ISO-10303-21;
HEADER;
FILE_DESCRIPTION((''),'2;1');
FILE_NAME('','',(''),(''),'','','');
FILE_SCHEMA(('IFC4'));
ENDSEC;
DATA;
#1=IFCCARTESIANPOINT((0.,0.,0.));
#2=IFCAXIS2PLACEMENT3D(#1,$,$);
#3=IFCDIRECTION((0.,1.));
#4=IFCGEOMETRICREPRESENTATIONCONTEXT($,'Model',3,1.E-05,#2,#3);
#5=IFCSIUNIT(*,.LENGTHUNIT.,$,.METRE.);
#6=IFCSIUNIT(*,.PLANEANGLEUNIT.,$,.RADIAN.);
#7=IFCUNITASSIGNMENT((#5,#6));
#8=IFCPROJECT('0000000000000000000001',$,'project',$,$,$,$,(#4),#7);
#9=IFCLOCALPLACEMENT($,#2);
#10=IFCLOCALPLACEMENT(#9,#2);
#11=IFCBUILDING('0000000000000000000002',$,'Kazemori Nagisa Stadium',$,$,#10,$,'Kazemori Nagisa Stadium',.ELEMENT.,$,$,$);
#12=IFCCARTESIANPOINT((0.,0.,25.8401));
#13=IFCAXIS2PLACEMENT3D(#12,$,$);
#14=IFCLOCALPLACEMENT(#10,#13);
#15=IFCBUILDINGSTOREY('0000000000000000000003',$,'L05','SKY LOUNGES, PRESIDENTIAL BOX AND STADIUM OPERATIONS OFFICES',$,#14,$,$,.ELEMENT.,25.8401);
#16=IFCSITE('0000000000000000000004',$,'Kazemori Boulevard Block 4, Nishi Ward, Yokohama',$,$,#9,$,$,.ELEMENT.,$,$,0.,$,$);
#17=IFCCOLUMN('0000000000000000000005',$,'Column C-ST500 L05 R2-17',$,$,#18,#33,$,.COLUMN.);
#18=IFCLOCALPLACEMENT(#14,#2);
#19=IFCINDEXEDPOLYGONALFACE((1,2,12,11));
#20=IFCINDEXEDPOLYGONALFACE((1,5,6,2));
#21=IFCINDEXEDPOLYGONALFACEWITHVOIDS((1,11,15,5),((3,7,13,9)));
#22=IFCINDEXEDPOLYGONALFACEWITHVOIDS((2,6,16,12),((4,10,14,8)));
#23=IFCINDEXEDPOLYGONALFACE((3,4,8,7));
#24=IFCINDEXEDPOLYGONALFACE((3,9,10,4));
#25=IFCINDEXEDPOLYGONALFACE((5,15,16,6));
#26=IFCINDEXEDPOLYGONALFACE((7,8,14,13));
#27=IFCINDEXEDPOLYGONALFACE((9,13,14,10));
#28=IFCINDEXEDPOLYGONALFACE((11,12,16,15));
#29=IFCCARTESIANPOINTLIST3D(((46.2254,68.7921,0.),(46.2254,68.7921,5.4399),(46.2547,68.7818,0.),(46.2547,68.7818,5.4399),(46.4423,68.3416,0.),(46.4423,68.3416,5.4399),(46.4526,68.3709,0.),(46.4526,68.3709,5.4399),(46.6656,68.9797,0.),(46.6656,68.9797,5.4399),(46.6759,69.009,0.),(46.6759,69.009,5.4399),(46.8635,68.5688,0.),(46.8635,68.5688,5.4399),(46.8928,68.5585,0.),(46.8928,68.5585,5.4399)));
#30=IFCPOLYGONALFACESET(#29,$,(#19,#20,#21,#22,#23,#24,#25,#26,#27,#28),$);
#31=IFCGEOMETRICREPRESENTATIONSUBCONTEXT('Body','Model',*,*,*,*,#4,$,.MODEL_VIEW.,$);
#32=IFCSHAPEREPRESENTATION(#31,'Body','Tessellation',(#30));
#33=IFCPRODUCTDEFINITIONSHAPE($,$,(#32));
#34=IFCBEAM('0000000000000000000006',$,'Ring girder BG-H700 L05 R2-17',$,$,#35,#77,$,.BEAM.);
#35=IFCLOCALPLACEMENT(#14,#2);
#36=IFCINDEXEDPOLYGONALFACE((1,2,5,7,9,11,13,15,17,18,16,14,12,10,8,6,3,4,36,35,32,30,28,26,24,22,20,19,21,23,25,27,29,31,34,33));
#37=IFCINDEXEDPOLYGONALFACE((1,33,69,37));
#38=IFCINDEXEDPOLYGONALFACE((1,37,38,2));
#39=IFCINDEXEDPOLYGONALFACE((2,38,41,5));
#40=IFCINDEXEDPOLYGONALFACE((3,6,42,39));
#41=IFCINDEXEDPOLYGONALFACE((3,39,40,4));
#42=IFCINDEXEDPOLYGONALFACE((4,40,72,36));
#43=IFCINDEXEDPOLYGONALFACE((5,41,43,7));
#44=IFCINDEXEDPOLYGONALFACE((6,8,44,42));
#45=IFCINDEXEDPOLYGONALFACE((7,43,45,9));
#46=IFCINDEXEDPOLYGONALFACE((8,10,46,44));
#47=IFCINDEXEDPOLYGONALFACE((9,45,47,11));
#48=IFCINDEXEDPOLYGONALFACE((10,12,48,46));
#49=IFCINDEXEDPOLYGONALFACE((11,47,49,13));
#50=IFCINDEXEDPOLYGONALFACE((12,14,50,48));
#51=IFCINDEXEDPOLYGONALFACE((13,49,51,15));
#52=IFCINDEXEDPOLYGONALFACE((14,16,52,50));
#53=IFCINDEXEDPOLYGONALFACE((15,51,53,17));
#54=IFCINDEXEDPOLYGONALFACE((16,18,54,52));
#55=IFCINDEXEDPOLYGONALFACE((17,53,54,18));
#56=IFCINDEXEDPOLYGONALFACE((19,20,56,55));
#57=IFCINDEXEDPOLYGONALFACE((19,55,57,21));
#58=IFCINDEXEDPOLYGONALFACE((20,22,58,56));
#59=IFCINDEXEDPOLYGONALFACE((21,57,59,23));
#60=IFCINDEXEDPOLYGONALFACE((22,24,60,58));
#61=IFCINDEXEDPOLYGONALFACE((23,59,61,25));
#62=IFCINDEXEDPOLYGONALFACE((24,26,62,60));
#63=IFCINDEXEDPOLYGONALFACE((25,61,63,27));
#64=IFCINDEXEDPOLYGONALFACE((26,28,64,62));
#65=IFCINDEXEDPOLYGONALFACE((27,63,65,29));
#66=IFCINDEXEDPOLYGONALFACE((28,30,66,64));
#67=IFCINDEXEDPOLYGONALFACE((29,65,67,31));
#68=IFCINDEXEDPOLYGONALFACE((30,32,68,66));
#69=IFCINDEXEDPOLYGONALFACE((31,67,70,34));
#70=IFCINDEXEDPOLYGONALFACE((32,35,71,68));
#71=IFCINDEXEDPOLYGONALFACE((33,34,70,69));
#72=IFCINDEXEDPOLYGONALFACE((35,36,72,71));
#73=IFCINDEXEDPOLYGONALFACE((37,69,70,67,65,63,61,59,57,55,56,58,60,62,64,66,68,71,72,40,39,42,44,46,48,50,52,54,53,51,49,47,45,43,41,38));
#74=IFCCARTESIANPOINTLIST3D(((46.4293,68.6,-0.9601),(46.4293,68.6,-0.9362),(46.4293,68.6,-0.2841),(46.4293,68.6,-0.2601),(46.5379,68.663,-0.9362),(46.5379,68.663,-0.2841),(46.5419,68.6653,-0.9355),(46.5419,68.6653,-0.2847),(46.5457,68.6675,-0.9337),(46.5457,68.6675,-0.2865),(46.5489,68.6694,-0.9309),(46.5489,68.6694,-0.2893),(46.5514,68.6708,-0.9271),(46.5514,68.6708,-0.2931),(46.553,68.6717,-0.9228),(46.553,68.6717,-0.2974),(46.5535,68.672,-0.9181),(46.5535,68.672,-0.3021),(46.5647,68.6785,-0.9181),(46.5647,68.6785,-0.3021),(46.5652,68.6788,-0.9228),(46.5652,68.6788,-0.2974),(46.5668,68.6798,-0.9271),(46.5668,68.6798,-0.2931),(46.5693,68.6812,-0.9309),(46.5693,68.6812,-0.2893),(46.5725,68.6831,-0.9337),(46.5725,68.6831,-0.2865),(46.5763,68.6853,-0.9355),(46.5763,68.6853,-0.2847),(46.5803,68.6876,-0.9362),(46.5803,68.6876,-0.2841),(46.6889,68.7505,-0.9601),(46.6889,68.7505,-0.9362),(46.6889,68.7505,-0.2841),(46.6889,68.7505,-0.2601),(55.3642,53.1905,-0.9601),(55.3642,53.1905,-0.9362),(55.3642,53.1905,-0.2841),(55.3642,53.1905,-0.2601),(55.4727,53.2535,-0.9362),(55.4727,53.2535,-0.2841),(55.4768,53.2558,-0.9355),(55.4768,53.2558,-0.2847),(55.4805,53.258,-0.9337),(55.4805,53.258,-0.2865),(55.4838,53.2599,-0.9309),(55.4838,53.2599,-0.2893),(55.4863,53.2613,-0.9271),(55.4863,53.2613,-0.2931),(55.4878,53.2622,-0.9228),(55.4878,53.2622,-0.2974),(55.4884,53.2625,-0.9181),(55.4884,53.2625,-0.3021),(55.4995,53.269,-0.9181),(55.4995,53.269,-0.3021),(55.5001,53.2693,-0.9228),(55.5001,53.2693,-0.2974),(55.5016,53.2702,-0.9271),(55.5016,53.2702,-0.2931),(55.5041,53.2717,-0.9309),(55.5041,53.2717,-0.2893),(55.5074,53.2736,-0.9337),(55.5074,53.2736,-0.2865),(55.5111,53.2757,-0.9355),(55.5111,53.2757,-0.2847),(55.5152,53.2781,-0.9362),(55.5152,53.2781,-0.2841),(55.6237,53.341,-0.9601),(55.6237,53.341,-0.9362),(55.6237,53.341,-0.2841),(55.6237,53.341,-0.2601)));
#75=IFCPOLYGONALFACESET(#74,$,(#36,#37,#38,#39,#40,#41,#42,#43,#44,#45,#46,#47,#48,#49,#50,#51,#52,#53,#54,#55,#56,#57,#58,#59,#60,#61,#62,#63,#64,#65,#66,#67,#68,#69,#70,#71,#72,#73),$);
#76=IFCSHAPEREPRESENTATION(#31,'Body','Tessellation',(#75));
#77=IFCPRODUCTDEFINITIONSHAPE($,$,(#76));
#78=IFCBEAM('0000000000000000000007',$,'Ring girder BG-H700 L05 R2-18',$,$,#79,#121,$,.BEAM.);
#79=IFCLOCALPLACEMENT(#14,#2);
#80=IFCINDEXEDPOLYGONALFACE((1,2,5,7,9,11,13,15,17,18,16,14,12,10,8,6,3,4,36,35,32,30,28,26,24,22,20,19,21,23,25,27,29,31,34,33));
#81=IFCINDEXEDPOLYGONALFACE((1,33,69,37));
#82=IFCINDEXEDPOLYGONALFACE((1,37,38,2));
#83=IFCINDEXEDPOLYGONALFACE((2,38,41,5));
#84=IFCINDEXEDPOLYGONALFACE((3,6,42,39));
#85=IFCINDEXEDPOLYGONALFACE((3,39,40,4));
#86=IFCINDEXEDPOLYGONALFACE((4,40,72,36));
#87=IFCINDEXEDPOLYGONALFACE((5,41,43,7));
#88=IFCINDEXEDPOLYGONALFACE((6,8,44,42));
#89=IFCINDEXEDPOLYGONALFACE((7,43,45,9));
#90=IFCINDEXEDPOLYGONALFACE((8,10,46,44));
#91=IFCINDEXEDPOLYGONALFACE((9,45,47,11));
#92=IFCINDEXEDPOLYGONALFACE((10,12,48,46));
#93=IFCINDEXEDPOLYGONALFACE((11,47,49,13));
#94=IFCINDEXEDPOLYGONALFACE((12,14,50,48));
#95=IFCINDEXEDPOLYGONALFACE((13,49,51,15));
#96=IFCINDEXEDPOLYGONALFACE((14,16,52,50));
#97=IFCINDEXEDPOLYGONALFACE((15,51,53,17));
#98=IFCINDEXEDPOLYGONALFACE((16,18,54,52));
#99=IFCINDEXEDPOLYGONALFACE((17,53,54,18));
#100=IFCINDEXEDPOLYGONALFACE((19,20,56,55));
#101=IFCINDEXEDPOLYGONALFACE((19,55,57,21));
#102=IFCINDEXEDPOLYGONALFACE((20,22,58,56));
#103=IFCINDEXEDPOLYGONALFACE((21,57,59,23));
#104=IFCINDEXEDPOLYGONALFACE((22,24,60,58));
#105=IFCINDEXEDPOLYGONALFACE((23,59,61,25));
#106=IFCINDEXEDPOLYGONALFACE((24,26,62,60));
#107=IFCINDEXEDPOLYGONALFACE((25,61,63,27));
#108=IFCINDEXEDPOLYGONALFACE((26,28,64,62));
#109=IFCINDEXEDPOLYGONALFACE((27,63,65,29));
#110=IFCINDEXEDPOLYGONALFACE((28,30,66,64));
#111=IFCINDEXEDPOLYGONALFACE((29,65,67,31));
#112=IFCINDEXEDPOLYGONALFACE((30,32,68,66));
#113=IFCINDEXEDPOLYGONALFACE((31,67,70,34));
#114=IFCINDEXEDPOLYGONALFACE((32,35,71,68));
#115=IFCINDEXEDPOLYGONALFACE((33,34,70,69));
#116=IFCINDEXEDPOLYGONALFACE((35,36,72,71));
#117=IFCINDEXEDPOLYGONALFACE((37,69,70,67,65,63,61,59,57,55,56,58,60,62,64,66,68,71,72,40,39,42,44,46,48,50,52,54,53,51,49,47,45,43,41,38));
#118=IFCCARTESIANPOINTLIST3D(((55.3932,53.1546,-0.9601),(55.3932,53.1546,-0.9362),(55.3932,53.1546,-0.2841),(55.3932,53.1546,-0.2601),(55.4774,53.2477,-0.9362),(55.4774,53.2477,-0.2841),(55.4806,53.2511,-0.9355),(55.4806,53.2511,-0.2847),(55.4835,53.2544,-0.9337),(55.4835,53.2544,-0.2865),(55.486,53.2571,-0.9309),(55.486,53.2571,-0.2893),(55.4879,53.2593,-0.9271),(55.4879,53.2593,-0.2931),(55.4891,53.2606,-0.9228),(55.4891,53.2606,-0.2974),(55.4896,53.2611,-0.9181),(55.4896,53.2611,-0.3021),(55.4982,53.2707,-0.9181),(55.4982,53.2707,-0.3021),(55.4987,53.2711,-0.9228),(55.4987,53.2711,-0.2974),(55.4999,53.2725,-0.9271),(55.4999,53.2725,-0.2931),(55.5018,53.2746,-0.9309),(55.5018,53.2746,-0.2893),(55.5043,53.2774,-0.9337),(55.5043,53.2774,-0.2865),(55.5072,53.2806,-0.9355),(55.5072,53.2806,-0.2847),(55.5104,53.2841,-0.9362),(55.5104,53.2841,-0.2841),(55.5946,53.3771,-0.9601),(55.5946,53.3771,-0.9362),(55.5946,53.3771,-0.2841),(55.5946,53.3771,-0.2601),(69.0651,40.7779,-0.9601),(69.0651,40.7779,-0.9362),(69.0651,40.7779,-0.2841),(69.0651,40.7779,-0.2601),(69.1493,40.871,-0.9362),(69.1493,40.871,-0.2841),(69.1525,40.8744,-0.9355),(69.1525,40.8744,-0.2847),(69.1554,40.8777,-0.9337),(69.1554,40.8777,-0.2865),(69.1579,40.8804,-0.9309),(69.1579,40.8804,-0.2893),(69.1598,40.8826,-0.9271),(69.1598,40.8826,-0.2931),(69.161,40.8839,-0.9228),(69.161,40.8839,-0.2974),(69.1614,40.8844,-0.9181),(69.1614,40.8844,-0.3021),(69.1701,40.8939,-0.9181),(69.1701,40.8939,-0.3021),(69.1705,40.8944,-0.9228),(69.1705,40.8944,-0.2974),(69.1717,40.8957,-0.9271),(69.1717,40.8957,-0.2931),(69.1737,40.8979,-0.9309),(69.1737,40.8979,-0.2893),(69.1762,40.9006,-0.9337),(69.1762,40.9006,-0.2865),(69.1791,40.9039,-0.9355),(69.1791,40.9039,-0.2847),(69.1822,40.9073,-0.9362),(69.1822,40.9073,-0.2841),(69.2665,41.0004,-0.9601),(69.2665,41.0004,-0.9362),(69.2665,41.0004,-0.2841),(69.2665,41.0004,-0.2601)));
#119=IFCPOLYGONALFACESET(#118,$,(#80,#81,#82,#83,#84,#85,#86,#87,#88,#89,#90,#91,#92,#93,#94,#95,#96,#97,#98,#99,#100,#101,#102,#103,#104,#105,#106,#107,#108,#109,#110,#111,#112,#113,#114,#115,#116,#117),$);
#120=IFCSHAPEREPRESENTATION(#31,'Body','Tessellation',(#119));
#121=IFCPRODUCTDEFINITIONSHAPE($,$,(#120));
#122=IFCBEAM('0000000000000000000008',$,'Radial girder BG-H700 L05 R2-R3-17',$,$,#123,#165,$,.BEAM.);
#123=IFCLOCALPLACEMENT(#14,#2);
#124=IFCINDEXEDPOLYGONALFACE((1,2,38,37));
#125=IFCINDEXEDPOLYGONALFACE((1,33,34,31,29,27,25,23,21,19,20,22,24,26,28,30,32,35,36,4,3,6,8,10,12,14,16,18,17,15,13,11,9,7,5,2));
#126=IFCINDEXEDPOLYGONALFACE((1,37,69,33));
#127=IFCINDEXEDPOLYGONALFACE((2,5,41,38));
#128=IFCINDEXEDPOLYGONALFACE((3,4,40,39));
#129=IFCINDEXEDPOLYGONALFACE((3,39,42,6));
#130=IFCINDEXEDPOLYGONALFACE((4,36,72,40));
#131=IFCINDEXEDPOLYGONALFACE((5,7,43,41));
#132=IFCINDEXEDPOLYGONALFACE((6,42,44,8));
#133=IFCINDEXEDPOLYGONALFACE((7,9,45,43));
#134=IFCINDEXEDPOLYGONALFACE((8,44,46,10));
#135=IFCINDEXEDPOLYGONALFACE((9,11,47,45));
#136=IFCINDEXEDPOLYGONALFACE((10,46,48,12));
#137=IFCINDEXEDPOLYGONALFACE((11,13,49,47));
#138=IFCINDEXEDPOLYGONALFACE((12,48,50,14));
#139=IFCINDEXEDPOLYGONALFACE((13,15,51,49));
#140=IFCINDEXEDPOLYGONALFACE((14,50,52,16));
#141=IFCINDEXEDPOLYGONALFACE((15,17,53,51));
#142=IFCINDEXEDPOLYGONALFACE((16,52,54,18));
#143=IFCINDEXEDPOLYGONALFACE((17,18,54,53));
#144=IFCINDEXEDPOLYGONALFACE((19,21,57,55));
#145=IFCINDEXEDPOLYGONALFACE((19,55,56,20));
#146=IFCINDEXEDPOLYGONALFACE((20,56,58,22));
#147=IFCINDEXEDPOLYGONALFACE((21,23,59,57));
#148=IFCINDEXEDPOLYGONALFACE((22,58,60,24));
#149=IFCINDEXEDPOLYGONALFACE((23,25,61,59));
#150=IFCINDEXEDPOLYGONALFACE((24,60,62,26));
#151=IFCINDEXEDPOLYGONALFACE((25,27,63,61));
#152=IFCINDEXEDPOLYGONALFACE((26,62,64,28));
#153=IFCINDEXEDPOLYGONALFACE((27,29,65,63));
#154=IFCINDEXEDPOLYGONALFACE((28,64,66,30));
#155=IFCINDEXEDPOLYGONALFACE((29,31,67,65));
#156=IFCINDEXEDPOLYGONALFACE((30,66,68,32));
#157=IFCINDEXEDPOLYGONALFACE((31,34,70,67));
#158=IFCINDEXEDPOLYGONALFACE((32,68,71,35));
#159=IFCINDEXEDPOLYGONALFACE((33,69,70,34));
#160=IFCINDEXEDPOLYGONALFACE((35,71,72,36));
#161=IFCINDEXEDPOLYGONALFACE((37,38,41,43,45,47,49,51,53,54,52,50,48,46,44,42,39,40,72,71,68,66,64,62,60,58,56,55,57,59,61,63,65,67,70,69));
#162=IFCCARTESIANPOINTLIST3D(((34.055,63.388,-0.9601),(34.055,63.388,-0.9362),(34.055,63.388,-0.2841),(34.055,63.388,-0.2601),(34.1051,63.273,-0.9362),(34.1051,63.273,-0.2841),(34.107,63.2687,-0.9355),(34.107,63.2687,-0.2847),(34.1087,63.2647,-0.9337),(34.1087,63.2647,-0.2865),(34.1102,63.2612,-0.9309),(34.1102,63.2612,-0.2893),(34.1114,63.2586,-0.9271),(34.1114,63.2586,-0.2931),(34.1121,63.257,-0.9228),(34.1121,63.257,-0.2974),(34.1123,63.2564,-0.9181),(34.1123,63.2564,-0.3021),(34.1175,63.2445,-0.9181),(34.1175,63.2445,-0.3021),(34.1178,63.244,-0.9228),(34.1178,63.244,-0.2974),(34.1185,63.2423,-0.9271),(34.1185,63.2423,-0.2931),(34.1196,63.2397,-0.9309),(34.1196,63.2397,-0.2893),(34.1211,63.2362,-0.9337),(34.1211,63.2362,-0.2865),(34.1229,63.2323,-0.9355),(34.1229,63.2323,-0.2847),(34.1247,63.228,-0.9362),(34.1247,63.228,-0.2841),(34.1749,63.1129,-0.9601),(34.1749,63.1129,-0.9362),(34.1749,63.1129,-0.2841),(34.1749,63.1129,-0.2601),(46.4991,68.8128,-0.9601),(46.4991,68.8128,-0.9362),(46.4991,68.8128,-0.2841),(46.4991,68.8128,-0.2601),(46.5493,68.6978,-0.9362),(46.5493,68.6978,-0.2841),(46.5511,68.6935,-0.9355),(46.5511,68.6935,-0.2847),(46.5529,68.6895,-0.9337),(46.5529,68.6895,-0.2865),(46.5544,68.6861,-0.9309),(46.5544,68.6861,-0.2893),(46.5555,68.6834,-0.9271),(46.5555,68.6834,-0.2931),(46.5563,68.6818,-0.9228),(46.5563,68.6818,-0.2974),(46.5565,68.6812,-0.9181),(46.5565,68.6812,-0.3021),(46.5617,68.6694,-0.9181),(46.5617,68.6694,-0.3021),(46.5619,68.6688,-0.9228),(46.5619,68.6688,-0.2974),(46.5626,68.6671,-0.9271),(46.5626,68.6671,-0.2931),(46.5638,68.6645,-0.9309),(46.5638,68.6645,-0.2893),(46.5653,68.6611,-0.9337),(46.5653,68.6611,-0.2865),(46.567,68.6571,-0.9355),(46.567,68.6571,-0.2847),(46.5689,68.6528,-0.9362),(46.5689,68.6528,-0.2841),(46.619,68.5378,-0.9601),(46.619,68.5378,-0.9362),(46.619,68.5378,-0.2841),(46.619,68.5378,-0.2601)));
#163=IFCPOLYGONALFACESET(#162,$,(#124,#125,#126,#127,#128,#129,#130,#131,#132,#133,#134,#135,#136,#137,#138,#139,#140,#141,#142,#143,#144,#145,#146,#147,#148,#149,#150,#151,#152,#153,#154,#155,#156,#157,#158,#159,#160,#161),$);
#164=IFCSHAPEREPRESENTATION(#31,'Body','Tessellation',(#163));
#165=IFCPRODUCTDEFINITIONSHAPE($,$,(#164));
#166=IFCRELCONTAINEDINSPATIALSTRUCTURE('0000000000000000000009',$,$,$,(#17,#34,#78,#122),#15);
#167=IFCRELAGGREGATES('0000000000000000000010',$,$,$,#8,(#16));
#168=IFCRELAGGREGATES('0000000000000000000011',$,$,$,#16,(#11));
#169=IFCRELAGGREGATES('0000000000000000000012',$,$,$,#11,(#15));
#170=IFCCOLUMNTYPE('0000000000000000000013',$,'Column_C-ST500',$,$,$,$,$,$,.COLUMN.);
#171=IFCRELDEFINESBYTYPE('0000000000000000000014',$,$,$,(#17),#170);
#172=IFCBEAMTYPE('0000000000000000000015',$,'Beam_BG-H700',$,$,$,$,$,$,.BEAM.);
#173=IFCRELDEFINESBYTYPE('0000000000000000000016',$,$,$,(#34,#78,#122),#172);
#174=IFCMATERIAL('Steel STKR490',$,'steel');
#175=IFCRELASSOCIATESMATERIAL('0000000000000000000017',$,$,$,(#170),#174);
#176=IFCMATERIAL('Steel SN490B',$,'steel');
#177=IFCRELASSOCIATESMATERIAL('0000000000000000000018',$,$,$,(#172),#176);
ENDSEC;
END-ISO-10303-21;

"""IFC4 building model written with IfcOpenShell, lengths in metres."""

from ifc_helpers import new_model, si_unit, direction, frame, origin, origin_2d, place, context, subcontext, project, spatial, hollow_rectangle, i_section, extrude, material, material_profile, profile_set, type_object, element, save


model = new_model("IFC4")

# Units and contexts
model_context = context("Model", 3, precision=1e-05, world=origin(), true_north=direction((0.0, 1.0)))
body_context = subcontext(model_context, "Body", "Model", "MODEL_VIEW")
ifc_project = project(units=[si_unit("LENGTHUNIT", "METRE"), si_unit("PLANEANGLEUNIT", "RADIAN")], contexts=[model_context])

# Site, building, storey
site_placement = place(None, origin())
site = spatial("IfcSite", under=ifc_project, at=site_placement, Name="Kazemori Boulevard Block 4, Nishi Ward, Yokohama", CompositionType="ELEMENT", RefElevation=0.0)
building_placement = place(site_placement, origin())
building = spatial("IfcBuilding", under=site, at=building_placement, Name="Kazemori Nagisa Stadium", LongName="Kazemori Nagisa Stadium", CompositionType="ELEMENT")
storey_placement = place(building_placement, frame((0.0, 0.0, 25.8401)))
storey = spatial("IfcBuildingStorey", under=building, at=storey_placement, Name="L05", Description="SKY LOUNGES, PRESIDENTIAL BOX AND STADIUM OPERATIONS OFFICES", CompositionType="ELEMENT", Elevation=25.8401)

# Column
ifc_material_1 = material(Name="Steel STKR490", Category="steel")
ifc_material_profile_1 = material_profile(ifc_material_1, hollow_rectangle(XDim=0.5, YDim=0.5, WallThickness=0.022, at=origin_2d()), Name="SHS-500x500x22")
ifc_profile_set_1 = profile_set([ifc_material_profile_1], Name="Steel STKR490")
column_type = type_object("IfcColumnType", Name="Column_C-ST500", PredefinedType="COLUMN", material=ifc_profile_set_1)
column_placement = place(storey_placement, frame((46.5591, 68.6753, 0.0), z_axis=(0.0, 0.0, 1.0), x_axis=(-0.900969, -0.433884, 0.0)))
element("IfcColumn", 1, at=column_placement, inside=storey, type_object=column_type, Name="Column C-ST500 L05 R2-17", PredefinedType="COLUMN", context=body_context, shape_type="SweptSolid", body=[
    extrude(hollow_rectangle(XDim=0.5, YDim=0.5, WallThickness=0.022, at=origin_2d()), origin(), (0.0, 0.0, 1.0), 5.4399),
])

# Beams
ifc_material_2 = material(Name="Steel SN490B", Category="steel")
ifc_material_profile_2 = material_profile(ifc_material_2, i_section(OverallWidth=0.3, OverallDepth=0.7, WebThickness=0.0129, FlangeThickness=0.0239, FilletRadius=0.0181, at=origin_2d()), Name="H-700x300x13x24")
ifc_profile_set_2 = profile_set([ifc_material_profile_2], Name="Steel SN490B")
beam_type_1 = type_object("IfcBeamType", Name="Beam_BG-H700", PredefinedType="BEAM", material=ifc_profile_set_2)
beam_1_placement = place(storey_placement, frame((46.5591, 68.6753, -0.6101), z_axis=(0.501607, -0.865096, 0.0), x_axis=(0.865096, 0.501607, 0.0)))
element("IfcBeam", 2, at=beam_1_placement, inside=storey, type_object=beam_type_1, Name="Ring girder BG-H700 L05 R2-17", PredefinedType="BEAM", context=body_context, shape_type="SweptSolid", body=[
    extrude(i_section(OverallWidth=0.3, OverallDepth=0.7, WebThickness=0.0129, FlangeThickness=0.0239, FilletRadius=0.0181, at=origin_2d()), origin(), (0.0, 0.0, 1.0), 17.8125),
])
beam_2_placement = place(storey_placement, frame((55.4939, 53.2659, -0.6101), z_axis=(0.741349, -0.67112, 0.0), x_axis=(0.67112, 0.741349, 0.0)))
element("IfcBeam", 3, at=beam_2_placement, inside=storey, type_object=beam_type_1, Name="Ring girder BG-H700 L05 R2-18", PredefinedType="BEAM", context=body_context, shape_type="SweptSolid", body=[
    extrude(i_section(OverallWidth=0.3, OverallDepth=0.7, WebThickness=0.0129, FlangeThickness=0.0239, FilletRadius=0.0181, at=origin_2d()), origin(), (0.0, 0.0, 1.0), 18.4419),
])
beam_3_placement = place(storey_placement, frame((46.5591, 68.6753, -0.6101), z_axis=(-0.916684, -0.399614, 0.0), x_axis=(0.399614, -0.916684, 0.0)))
element("IfcBeam", 4, at=beam_3_placement, inside=storey, type_object=beam_type_1, Name="Radial girder BG-H700 L05 R2-R3-17", PredefinedType="BEAM", context=body_context, shape_type="SweptSolid", body=[
    extrude(i_section(OverallWidth=0.3, OverallDepth=0.7, WebThickness=0.0129, FlangeThickness=0.0239, FilletRadius=0.0181, at=origin_2d()), origin(), (0.0, 0.0, 1.0), 13.5752),
])

save(model, "model.ifc")
